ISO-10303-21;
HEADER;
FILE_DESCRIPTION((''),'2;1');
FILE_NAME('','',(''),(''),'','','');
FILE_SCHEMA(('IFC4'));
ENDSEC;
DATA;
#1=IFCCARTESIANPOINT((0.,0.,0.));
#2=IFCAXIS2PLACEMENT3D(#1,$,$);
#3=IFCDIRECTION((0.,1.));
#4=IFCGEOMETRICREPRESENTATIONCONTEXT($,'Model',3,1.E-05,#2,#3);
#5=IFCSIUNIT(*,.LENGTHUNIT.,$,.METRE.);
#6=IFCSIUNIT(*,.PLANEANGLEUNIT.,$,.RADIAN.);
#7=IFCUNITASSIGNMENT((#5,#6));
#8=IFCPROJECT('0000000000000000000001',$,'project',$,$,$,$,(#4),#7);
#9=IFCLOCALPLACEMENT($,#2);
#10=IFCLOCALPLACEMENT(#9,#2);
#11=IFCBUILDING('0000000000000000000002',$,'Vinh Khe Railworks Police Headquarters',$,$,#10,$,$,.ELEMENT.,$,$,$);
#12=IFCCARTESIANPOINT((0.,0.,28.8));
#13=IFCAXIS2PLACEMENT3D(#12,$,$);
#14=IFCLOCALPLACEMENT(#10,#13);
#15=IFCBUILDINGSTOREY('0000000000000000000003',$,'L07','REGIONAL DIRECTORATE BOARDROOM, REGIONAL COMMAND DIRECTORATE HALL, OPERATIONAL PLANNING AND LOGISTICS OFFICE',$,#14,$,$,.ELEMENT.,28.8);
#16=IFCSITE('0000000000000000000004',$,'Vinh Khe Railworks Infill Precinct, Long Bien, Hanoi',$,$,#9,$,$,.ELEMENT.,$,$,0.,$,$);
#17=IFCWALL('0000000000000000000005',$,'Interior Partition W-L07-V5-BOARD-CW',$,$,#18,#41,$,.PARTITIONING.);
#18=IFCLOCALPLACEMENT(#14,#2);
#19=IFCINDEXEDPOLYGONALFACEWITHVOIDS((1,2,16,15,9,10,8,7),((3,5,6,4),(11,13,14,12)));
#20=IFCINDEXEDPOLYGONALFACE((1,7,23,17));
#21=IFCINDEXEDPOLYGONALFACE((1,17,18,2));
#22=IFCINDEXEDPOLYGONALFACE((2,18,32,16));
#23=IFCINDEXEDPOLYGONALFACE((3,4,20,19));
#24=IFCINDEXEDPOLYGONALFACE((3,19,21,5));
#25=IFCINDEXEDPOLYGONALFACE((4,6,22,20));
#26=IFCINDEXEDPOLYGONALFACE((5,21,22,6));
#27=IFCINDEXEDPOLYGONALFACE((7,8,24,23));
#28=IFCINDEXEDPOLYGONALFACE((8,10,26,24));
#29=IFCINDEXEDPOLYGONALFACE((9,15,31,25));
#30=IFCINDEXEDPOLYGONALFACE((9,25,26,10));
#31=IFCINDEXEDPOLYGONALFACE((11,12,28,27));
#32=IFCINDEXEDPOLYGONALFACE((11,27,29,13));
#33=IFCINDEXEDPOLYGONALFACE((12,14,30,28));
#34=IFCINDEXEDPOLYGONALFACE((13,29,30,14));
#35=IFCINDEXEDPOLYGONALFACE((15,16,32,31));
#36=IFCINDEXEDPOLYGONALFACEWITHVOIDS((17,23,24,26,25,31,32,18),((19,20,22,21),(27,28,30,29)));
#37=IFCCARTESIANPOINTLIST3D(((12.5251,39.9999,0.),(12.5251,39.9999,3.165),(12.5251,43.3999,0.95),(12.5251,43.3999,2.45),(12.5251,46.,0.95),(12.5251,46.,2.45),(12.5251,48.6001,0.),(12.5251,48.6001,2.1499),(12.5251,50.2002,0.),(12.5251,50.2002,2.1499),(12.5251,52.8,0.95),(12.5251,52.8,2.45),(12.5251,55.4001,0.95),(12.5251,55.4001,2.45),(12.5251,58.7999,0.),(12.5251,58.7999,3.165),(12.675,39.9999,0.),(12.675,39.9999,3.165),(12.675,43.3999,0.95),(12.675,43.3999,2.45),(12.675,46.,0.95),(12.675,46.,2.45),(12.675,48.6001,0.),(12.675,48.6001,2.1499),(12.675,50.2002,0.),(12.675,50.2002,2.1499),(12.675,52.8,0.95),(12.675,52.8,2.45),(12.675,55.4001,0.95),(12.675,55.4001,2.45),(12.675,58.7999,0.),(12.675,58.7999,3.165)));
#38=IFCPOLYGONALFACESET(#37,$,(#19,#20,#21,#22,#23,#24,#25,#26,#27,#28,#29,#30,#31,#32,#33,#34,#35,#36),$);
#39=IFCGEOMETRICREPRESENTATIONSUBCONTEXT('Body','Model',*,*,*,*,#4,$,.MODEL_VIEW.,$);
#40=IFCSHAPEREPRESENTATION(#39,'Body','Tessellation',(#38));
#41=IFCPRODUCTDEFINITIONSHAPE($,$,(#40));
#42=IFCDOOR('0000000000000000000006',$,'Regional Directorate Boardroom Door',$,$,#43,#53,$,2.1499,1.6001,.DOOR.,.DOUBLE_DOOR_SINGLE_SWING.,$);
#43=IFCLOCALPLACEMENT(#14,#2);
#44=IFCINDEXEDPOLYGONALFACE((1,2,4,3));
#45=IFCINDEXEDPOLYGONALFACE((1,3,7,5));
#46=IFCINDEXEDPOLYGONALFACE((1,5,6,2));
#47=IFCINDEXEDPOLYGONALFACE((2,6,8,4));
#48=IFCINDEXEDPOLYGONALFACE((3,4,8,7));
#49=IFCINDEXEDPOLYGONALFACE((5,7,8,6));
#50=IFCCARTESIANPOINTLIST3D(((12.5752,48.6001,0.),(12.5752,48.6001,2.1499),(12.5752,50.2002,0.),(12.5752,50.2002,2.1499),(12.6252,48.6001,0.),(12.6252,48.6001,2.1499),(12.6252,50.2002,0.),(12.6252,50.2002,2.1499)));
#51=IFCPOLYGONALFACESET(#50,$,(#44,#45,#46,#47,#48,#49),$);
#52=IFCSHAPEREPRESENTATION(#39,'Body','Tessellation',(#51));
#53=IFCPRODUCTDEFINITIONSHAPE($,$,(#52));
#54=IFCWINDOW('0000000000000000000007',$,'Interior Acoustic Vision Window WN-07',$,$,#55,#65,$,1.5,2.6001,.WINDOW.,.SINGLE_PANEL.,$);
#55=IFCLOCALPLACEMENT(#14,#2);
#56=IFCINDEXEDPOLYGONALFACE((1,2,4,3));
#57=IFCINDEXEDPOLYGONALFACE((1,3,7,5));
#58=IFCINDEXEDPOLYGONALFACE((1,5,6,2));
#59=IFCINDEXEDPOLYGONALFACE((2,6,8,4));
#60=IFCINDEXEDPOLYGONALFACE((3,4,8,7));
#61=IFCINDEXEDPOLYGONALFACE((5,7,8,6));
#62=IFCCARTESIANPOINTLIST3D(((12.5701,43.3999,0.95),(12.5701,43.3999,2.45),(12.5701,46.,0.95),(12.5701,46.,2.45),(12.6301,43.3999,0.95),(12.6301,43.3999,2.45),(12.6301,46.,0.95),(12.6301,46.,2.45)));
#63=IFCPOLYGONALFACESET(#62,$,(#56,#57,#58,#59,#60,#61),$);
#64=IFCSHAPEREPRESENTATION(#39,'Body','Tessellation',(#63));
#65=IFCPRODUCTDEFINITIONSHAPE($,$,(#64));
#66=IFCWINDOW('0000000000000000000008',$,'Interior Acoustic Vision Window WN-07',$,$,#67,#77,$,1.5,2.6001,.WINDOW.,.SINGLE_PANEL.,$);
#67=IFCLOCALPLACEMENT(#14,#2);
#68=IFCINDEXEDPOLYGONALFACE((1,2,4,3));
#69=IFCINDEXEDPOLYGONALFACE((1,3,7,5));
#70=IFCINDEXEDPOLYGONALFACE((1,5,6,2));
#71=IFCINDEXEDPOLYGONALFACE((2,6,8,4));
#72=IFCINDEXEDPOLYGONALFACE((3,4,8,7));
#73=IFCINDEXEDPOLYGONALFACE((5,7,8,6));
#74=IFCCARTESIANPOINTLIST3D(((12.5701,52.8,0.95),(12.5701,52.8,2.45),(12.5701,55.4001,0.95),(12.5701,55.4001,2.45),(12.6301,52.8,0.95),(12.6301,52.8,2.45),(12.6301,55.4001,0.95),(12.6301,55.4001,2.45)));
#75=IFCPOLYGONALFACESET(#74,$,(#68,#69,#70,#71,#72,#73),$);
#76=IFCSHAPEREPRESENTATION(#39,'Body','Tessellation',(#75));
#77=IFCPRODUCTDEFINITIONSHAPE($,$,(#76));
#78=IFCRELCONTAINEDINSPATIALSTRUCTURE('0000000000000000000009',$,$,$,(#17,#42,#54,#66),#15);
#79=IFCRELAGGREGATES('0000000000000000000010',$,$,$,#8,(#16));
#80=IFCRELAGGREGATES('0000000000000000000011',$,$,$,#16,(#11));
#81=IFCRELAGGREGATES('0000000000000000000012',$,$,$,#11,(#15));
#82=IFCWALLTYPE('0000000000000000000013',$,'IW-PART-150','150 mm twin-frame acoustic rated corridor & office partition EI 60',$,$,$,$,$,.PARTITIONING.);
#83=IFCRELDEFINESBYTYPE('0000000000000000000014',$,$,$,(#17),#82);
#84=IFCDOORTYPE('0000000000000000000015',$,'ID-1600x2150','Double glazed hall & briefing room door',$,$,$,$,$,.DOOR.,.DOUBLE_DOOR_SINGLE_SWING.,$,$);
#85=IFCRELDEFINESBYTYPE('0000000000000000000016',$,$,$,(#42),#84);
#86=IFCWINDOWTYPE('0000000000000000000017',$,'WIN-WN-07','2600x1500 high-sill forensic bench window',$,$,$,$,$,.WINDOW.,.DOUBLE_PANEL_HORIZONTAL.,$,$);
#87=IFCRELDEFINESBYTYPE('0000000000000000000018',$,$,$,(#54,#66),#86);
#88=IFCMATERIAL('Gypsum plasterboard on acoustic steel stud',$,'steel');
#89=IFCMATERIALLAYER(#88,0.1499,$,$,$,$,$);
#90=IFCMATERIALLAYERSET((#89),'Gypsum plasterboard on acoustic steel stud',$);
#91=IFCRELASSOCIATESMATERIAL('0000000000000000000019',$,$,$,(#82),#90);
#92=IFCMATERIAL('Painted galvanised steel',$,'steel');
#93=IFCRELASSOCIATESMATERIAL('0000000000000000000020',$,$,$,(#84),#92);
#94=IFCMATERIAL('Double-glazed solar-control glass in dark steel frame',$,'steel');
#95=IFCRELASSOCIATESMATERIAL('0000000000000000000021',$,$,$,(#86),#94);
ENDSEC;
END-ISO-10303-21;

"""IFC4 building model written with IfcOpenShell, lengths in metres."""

from ifc_helpers import new_model, si_unit, direction, frame, frame_2d, origin, place, context, subcontext, project, spatial, rectangle, extrude, material, layer, layer_set, type_object, element, fill, save


model = new_model("IFC4")

# Units and contexts
model_context = context("Model", 3, precision=1e-05, world=origin(), true_north=direction((0.0, 1.0)))
body_context = subcontext(model_context, "Body", "Model", "MODEL_VIEW")
ifc_project = project(units=[si_unit("LENGTHUNIT", "METRE"), si_unit("PLANEANGLEUNIT", "RADIAN")], contexts=[model_context])

# Site, building, storey
site_placement = place(None, origin())
site = spatial("IfcSite", under=ifc_project, at=site_placement, Name="Vinh Khe Railworks Infill Precinct, Long Bien, Hanoi", CompositionType="ELEMENT", RefElevation=0.0)
building_placement = place(site_placement, origin())
building = spatial("IfcBuilding", under=site, at=building_placement, Name="Vinh Khe Railworks Police Headquarters", CompositionType="ELEMENT")
storey_placement = place(building_placement, frame((0.0, 0.0, 28.8)))
storey = spatial("IfcBuildingStorey", under=building, at=storey_placement, Name="L07", Description="REGIONAL DIRECTORATE BOARDROOM, REGIONAL COMMAND DIRECTORATE HALL, OPERATIONAL PLANNING AND LOGISTICS OFFICE", CompositionType="ELEMENT", Elevation=28.8)

# Shared definitions
ifc_material_1 = material(Name="Double-glazed solar-control glass in dark steel frame", Category="steel")

# Wall, openings, door, windows
ifc_material_2 = material(Name="Gypsum plasterboard on acoustic steel stud", Category="steel")
ifc_layer_1 = layer(ifc_material_2, 0.1499)
ifc_layer_set_1 = layer_set([ifc_layer_1], Name="Gypsum plasterboard on acoustic steel stud")
wall_type_1 = type_object("IfcWallType", Name="IW-PART-150", Description="150 mm twin-frame acoustic rated corridor & office partition EI 60", PredefinedType="PARTITIONING", material=ifc_layer_set_1)
wall_1_placement = place(storey_placement, frame((12.6001, 40.0, 0.0), z_axis=(0.0, 0.0, 1.0), x_axis=(0.0, 1.0, 0.0)))
wall_1 = element("IfcWall", 1, at=wall_1_placement, inside=storey, type_object=wall_type_1, Name="Interior Partition W-L07-V5-BOARD-CW", PredefinedType="PARTITIONING", context=body_context, shape_type="SweptSolid", body=[
    extrude(rectangle(XDim=18.8, YDim=0.1499, at=frame_2d((9.3999, 0.0))), origin(), (0.0, 0.0, 1.0), 3.165),
])
opening_1_placement = place(wall_1_placement, frame((8.6001, 0.0, 0.0)))
opening_1 = element("IfcOpeningElement", 2, at=opening_1_placement, cuts=wall_1, PredefinedType="OPENING", context=body_context, shape_type="SweptSolid", body=[
    extrude(rectangle(XDim=1.6001, YDim=2.1499, at=frame_2d((0.8, 1.075))), frame((0.0, 0.0898, 0.0), z_axis=(0.0, -1.0, 0.0), x_axis=(1.0, 0.0, 0.0)), (0.0, 0.0, 1.0), 0.1797),
])
opening_2_placement = place(wall_1_placement, frame((3.3999, 0.0, 0.95)))
opening_2 = element("IfcOpeningElement", 3, at=opening_2_placement, cuts=wall_1, PredefinedType="OPENING", context=body_context, shape_type="SweptSolid", body=[
    extrude(rectangle(XDim=2.6001, YDim=1.5, at=frame_2d((1.3, 0.75))), frame((0.0, 0.0898, 0.0), z_axis=(0.0, -1.0, 0.0), x_axis=(1.0, 0.0, 0.0)), (0.0, 0.0, 1.0), 0.1797),
])
opening_3_placement = place(wall_1_placement, frame((12.8, 0.0, 0.95)))
opening_3 = element("IfcOpeningElement", 4, at=opening_3_placement, cuts=wall_1, PredefinedType="OPENING", context=body_context, shape_type="SweptSolid", body=[
    extrude(rectangle(XDim=2.6001, YDim=1.5, at=frame_2d((1.3, 0.75))), frame((0.0, 0.0898, 0.0), z_axis=(0.0, -1.0, 0.0), x_axis=(1.0, 0.0, 0.0)), (0.0, 0.0, 1.0), 0.1797),
])
ifc_material_3 = material(Name="Painted galvanised steel", Category="steel")
door_type = type_object("IfcDoorType", Name="ID-1600x2150", Description="Double glazed hall & briefing room door", OperationType="DOUBLE_DOOR_SINGLE_SWING", PredefinedType="DOOR", material=ifc_material_3)
door_placement = place(opening_1_placement, origin())
door = element("IfcDoor", 5, at=door_placement, inside=storey, type_object=door_type, Name="Regional Directorate Boardroom Door", OperationType="DOUBLE_DOOR_SINGLE_SWING", OverallHeight=2.1499, OverallWidth=1.6001, PredefinedType="DOOR", context=body_context, shape_type="SweptSolid", body=[
    extrude(rectangle(XDim=1.6001, YDim=2.1499, at=frame_2d((0.8, 1.075))), frame((0.0, 0.0249, 0.0), z_axis=(0.0, -1.0, 0.0), x_axis=(1.0, 0.0, 0.0)), (0.0, 0.0, 1.0), 0.05),
])
fill(opening_1, door)
window_type_1 = type_object("IfcWindowType", Name="WIN-WN-07", Description="2600x1500 high-sill forensic bench window", PartitioningType="DOUBLE_PANEL_HORIZONTAL", PredefinedType="WINDOW", material=ifc_material_1)
window_1_placement = place(opening_2_placement, origin())
window_1 = element("IfcWindow", 6, at=window_1_placement, inside=storey, type_object=window_type_1, Name="Interior Acoustic Vision Window WN-07", OverallHeight=1.5, OverallWidth=2.6001, PartitioningType="SINGLE_PANEL", PredefinedType="WINDOW", context=body_context, shape_type="SweptSolid", body=[
    extrude(rectangle(XDim=2.6001, YDim=1.5, at=frame_2d((1.3, 0.75))), frame((0.0, 0.03, 0.0), z_axis=(0.0, -1.0, 0.0), x_axis=(1.0, 0.0, 0.0)), (0.0, 0.0, 1.0), 0.0601),
])
fill(opening_2, window_1)
window_2_placement = place(opening_3_placement, origin())
window_2 = element("IfcWindow", 7, at=window_2_placement, inside=storey, type_object=window_type_1, Name="Interior Acoustic Vision Window WN-07", OverallHeight=1.5, OverallWidth=2.6001, PartitioningType="SINGLE_PANEL", PredefinedType="WINDOW", context=body_context, shape_type="SweptSolid", body=[
    extrude(rectangle(XDim=2.6001, YDim=1.5, at=frame_2d((1.3, 0.75))), frame((0.0, 0.03, 0.0), z_axis=(0.0, -1.0, 0.0), x_axis=(1.0, 0.0, 0.0)), (0.0, 0.0, 1.0), 0.0601),
])
fill(opening_3, window_2)

save(model, "model.ifc")
